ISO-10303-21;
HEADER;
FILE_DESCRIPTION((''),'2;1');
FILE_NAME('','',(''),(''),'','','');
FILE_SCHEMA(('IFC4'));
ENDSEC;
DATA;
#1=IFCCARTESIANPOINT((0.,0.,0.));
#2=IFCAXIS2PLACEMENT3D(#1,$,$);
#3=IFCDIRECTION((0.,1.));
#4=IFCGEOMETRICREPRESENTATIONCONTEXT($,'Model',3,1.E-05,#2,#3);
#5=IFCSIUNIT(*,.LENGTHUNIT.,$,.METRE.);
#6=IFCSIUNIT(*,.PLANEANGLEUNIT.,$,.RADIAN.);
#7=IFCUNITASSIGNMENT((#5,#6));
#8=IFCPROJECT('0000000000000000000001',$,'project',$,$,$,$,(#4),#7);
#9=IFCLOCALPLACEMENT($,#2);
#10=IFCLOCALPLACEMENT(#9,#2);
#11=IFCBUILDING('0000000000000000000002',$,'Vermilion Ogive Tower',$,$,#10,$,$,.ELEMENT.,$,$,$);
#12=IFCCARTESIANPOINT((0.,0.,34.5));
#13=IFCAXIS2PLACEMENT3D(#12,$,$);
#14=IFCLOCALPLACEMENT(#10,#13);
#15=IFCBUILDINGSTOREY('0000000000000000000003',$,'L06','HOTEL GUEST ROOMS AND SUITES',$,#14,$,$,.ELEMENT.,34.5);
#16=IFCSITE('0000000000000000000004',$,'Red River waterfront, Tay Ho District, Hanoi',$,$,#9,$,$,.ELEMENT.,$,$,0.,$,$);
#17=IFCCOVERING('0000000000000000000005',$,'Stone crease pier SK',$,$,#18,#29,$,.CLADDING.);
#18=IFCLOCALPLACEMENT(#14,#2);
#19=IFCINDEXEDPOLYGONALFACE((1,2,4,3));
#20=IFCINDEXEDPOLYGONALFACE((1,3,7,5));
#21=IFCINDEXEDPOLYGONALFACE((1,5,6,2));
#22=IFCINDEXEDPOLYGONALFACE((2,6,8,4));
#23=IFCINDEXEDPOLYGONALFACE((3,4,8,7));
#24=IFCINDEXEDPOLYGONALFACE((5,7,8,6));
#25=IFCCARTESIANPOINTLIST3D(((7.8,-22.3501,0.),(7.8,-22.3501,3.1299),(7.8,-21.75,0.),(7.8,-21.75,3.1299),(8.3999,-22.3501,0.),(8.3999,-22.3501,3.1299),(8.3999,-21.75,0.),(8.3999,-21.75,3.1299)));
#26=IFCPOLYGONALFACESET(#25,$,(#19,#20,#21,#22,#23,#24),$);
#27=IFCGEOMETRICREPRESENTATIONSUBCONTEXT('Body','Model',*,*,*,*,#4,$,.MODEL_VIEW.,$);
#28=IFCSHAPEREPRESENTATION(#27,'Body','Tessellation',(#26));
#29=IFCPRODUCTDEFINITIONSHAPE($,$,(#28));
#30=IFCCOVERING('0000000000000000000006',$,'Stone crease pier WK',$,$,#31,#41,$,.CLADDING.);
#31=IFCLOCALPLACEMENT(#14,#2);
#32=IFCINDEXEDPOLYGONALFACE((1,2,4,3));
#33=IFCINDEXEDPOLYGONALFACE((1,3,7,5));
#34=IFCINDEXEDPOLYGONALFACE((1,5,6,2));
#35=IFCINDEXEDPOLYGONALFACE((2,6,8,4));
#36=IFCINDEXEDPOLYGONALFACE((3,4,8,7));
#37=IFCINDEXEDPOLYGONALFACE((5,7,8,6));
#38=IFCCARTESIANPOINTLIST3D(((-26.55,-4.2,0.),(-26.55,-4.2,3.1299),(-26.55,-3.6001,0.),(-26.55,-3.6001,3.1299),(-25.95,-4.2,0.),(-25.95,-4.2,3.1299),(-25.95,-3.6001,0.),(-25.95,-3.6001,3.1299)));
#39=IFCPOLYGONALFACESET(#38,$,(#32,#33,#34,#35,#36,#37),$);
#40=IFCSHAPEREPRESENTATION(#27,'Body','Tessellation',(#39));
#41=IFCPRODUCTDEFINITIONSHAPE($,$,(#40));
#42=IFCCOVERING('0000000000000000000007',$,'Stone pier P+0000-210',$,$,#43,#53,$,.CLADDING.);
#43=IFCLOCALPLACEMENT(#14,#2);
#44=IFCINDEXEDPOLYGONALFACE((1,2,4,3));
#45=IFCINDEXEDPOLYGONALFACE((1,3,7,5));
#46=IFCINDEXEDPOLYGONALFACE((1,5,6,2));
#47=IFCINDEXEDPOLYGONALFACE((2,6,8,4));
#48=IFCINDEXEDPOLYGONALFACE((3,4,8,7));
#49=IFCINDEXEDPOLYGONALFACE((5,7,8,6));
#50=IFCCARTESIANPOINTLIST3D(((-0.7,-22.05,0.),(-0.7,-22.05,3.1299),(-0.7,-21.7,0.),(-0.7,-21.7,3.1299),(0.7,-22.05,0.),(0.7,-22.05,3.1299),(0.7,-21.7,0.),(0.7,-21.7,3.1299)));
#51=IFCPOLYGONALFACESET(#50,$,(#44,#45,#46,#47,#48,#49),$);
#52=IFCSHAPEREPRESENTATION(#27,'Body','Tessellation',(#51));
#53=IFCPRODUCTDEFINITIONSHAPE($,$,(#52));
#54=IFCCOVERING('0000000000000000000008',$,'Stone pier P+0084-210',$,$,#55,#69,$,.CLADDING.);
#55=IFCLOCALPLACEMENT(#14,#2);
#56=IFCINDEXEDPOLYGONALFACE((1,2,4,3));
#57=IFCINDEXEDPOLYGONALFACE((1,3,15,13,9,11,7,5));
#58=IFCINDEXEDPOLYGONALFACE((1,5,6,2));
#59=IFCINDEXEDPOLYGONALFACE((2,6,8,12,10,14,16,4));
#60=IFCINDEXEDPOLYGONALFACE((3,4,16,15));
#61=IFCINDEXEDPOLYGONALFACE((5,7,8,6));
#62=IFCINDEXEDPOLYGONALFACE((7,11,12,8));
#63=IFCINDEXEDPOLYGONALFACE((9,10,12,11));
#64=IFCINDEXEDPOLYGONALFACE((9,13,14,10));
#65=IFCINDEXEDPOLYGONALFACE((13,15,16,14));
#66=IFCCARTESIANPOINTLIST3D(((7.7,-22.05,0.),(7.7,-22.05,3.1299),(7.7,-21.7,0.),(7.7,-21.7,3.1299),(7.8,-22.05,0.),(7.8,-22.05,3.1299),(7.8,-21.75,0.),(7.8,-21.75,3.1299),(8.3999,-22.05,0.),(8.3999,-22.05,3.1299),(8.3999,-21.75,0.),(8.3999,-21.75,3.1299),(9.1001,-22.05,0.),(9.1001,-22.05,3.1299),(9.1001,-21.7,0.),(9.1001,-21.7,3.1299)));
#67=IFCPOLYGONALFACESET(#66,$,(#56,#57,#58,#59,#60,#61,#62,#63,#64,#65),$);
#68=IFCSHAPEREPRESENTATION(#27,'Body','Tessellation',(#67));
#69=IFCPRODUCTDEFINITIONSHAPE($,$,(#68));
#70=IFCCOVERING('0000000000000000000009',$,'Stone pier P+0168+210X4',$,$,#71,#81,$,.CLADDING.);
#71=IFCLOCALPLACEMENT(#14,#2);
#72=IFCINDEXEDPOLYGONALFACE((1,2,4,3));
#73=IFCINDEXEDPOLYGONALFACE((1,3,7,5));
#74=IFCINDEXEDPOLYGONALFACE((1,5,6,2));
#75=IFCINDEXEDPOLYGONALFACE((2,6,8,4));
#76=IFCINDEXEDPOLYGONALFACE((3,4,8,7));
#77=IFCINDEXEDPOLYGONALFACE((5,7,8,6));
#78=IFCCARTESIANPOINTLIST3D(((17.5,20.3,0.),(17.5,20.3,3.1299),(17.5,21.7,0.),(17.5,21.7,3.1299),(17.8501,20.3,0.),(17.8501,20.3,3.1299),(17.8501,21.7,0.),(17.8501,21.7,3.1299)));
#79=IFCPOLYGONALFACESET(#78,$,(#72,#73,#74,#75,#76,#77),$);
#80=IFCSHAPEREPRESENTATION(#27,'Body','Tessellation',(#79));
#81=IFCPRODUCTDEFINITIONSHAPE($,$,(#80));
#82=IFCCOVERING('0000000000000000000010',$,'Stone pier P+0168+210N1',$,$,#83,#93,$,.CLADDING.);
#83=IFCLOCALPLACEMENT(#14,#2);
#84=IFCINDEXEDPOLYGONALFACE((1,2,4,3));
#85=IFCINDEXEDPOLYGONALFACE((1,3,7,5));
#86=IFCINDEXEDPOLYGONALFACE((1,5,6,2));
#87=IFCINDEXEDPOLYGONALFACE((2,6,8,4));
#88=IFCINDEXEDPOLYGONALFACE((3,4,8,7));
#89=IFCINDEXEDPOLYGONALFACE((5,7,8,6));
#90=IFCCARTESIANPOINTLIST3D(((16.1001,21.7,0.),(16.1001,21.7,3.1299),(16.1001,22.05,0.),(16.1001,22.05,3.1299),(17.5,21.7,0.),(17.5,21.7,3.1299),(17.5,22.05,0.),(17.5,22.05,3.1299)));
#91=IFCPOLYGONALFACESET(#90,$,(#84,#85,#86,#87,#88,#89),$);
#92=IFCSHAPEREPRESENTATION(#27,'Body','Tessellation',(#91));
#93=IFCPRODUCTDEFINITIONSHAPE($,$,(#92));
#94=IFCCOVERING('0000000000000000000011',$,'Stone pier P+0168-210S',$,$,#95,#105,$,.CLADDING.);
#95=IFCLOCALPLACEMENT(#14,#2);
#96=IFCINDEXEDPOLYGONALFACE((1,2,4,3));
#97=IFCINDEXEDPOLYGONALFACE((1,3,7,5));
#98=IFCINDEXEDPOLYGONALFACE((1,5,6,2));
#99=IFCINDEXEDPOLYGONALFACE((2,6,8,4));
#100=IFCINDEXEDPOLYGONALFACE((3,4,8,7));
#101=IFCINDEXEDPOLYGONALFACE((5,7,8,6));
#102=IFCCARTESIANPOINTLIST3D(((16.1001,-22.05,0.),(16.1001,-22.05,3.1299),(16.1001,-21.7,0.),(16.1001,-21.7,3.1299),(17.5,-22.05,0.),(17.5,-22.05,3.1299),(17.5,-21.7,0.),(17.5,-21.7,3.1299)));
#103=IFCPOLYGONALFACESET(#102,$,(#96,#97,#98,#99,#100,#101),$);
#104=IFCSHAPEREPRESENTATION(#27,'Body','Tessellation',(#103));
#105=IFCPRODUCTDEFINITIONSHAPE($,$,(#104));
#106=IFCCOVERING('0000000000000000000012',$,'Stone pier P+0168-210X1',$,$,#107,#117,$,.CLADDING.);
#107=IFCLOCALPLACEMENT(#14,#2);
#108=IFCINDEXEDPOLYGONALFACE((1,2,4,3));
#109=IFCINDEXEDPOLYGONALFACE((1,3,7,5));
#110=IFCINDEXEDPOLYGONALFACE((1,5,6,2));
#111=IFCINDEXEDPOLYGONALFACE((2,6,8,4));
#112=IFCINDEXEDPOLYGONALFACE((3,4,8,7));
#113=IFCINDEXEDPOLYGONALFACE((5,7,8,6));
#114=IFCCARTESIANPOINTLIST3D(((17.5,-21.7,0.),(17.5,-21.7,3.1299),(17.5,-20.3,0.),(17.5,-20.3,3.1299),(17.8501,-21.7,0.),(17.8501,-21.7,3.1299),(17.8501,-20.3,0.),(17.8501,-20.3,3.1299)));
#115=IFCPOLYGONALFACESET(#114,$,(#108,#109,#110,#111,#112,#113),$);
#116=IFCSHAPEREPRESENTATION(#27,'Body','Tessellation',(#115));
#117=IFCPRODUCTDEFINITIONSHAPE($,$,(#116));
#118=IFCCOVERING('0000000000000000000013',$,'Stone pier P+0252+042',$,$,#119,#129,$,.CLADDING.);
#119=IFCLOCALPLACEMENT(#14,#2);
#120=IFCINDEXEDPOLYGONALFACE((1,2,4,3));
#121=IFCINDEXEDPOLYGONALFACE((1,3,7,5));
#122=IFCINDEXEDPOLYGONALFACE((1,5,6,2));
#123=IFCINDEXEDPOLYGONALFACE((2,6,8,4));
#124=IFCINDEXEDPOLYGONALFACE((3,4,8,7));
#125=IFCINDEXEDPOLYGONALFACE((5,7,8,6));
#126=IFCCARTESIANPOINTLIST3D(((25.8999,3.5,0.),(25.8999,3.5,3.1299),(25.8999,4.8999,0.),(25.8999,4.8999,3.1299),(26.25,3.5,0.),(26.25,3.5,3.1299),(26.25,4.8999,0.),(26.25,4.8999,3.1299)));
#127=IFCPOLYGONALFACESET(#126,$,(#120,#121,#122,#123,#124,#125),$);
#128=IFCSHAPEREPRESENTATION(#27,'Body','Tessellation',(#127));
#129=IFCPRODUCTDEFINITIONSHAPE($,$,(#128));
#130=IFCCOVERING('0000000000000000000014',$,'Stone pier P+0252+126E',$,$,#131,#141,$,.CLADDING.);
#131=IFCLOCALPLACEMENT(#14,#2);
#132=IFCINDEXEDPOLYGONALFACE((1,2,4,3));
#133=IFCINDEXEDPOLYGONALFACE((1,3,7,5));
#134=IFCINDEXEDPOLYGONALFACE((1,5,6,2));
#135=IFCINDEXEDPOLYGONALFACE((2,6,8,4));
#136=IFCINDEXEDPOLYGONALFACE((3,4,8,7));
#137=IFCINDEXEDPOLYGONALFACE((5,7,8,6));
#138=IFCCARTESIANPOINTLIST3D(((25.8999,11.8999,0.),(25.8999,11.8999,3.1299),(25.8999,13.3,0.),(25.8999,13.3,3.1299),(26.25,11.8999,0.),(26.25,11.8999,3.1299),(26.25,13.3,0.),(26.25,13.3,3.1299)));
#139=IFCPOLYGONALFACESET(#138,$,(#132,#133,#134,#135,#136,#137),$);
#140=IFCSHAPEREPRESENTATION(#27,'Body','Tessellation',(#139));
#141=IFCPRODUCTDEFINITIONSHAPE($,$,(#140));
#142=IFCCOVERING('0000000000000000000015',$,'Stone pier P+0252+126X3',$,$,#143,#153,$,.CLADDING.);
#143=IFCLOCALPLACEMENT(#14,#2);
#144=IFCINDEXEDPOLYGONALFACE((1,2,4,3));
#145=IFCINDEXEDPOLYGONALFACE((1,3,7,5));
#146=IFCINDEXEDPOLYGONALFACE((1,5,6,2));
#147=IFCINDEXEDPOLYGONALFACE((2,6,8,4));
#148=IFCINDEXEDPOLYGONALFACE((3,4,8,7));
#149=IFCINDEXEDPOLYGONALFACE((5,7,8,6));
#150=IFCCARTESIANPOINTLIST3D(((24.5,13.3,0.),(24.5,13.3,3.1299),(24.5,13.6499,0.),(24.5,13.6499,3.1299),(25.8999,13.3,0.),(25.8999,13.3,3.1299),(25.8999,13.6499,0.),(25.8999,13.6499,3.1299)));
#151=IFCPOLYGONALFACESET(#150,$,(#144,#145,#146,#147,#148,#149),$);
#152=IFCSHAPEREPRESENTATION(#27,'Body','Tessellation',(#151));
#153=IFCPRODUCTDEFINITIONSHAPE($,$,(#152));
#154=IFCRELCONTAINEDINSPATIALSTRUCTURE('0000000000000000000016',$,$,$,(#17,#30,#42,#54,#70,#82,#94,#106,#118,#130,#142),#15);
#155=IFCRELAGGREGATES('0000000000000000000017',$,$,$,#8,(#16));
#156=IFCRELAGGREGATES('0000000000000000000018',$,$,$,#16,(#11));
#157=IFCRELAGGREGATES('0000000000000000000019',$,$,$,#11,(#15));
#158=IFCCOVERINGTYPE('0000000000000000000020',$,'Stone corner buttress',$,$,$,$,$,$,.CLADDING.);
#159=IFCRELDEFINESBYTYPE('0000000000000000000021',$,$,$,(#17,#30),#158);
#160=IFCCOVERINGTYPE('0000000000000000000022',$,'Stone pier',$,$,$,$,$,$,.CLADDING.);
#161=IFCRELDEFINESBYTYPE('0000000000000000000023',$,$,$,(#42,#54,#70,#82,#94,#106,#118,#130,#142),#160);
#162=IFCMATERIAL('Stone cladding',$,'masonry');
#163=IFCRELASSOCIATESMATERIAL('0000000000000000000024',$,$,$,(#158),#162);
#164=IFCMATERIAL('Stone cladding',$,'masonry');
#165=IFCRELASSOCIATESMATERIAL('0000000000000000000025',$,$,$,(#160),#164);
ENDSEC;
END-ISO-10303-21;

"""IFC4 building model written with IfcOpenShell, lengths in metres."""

from ifc_helpers import new_model, si_unit, direction, frame, origin, place, context, subcontext, project, spatial, polyline, outline, extrude, material, type_object, element, save


model = new_model("IFC4")

# Units and contexts
model_context = context("Model", 3, precision=1e-05, world=origin(), true_north=direction((0.0, 1.0)))
body_context = subcontext(model_context, "Body", "Model", "MODEL_VIEW")
ifc_project = project(units=[si_unit("LENGTHUNIT", "METRE"), si_unit("PLANEANGLEUNIT", "RADIAN")], contexts=[model_context])

# Site, building, storey
site_placement = place(None, origin())
site = spatial("IfcSite", under=ifc_project, at=site_placement, Name="Red River waterfront, Tay Ho District, Hanoi", CompositionType="ELEMENT", RefElevation=0.0)
building_placement = place(site_placement, origin())
building = spatial("IfcBuilding", under=site, at=building_placement, Name="Vermilion Ogive Tower", CompositionType="ELEMENT")
storey_placement = place(building_placement, frame((0.0, 0.0, 34.5)))
storey = spatial("IfcBuildingStorey", under=building, at=storey_placement, Name="L06", Description="HOTEL GUEST ROOMS AND SUITES", CompositionType="ELEMENT", Elevation=34.5)

# Coverings
ifc_material_1 = material(Name="Stone cladding", Category="masonry")
covering_type_1 = type_object("IfcCoveringType", Name="Stone corner buttress", PredefinedType="CLADDING", material=ifc_material_1)
covering_1_placement = place(storey_placement, origin())
element("IfcCovering", 1, at=covering_1_placement, inside=storey, type_object=covering_type_1, Name="Stone crease pier SK", PredefinedType="CLADDING", context=body_context, shape_type="SweptSolid", body=[
    extrude(outline(polyline([(7.8, -22.3501), (8.3999, -22.3501), (8.3999, -21.75), (7.8, -21.75), (7.8, -22.3501)])), origin(), (0.0, 0.0, 1.0), 3.1299),
])
covering_2_placement = place(storey_placement, origin())
element("IfcCovering", 2, at=covering_2_placement, inside=storey, type_object=covering_type_1, Name="Stone crease pier WK", PredefinedType="CLADDING", context=body_context, shape_type="SweptSolid", body=[
    extrude(outline(polyline([(-26.55, -3.6001), (-26.55, -4.2), (-25.95, -4.2), (-25.95, -3.6001), (-26.55, -3.6001)])), origin(), (0.0, 0.0, 1.0), 3.1299),
])
ifc_material_2 = material(Name="Stone cladding", Category="masonry")
covering_type_2 = type_object("IfcCoveringType", Name="Stone pier", PredefinedType="CLADDING", material=ifc_material_2)
covering_3_placement = place(storey_placement, origin())
element("IfcCovering", 3, at=covering_3_placement, inside=storey, type_object=covering_type_2, Name="Stone pier P+0000-210", PredefinedType="CLADDING", context=body_context, shape_type="SweptSolid", body=[
    extrude(outline(polyline([(0.7, -22.05), (-0.7, -22.05), (-0.7, -21.7), (0.7, -21.7), (0.7, -22.05)])), origin(), (0.0, 0.0, 1.0), 3.1299),
])
covering_4_placement = place(storey_placement, origin())
element("IfcCovering", 4, at=covering_4_placement, inside=storey, type_object=covering_type_2, Name="Stone pier P+0084-210", PredefinedType="CLADDING", context=body_context, shape_type="SweptSolid", body=[
    extrude(outline(polyline([(9.1001, -21.7), (9.1001, -22.05), (8.3999, -22.05), (8.3999, -21.75), (7.8, -21.75), (7.8, -22.05), (7.7, -22.05), (7.7, -21.7), (9.1001, -21.7), (9.1001, -21.7)])), origin(), (0.0, 0.0, 1.0), 3.1299),
])
covering_5_placement = place(storey_placement, origin())
element("IfcCovering", 5, at=covering_5_placement, inside=storey, type_object=covering_type_2, Name="Stone pier P+0168+210X4", PredefinedType="CLADDING", context=body_context, shape_type="SweptSolid", body=[
    extrude(outline(polyline([(17.8501, 21.7), (17.8501, 20.3), (17.5, 20.3), (17.5, 21.7), (17.8501, 21.7)])), origin(), (0.0, 0.0, 1.0), 3.1299),
])
covering_6_placement = place(storey_placement, origin())
element("IfcCovering", 6, at=covering_6_placement, inside=storey, type_object=covering_type_2, Name="Stone pier P+0168+210N1", PredefinedType="CLADDING", context=body_context, shape_type="SweptSolid", body=[
    extrude(outline(polyline([(17.5, 22.05), (17.5, 21.7), (16.1001, 21.7), (16.1001, 22.05), (17.5, 22.05)])), origin(), (0.0, 0.0, 1.0), 3.1299),
])
covering_7_placement = place(storey_placement, origin())
element("IfcCovering", 7, at=covering_7_placement, inside=storey, type_object=covering_type_2, Name="Stone pier P+0168-210S", PredefinedType="CLADDING", context=body_context, shape_type="SweptSolid", body=[
    extrude(outline(polyline([(17.5, -21.7), (17.5, -21.7), (17.5, -22.05), (16.1001, -22.05), (16.1001, -21.7), (16.1001, -21.7), (17.5, -21.7)])), origin(), (0.0, 0.0, 1.0), 3.1299),
])
covering_8_placement = place(storey_placement, origin())
element("IfcCovering", 8, at=covering_8_placement, inside=storey, type_object=covering_type_2, Name="Stone pier P+0168-210X1", PredefinedType="CLADDING", context=body_context, shape_type="SweptSolid", body=[
    extrude(outline(polyline([(17.8501, -21.7), (17.5, -21.7), (17.5, -21.7), (17.5, -20.3), (17.8501, -20.3), (17.8501, -21.7)])), origin(), (0.0, 0.0, 1.0), 3.1299),
])
covering_9_placement = place(storey_placement, origin())
element("IfcCovering", 9, at=covering_9_placement, inside=storey, type_object=covering_type_2, Name="Stone pier P+0252+042", PredefinedType="CLADDING", context=body_context, shape_type="SweptSolid", body=[
    extrude(outline(polyline([(26.25, 4.8999), (26.25, 3.5), (25.8999, 3.5), (25.8999, 4.8999), (26.25, 4.8999)])), origin(), (0.0, 0.0, 1.0), 3.1299),
])
covering_10_placement = place(storey_placement, origin())
element("IfcCovering", 10, at=covering_10_placement, inside=storey, type_object=covering_type_2, Name="Stone pier P+0252+126E", PredefinedType="CLADDING", context=body_context, shape_type="SweptSolid", body=[
    extrude(outline(polyline([(26.25, 13.3), (26.25, 11.8999), (25.8999, 11.8999), (25.8999, 13.3), (26.25, 13.3)])), origin(), (0.0, 0.0, 1.0), 3.1299),
])
covering_11_placement = place(storey_placement, origin())
element("IfcCovering", 11, at=covering_11_placement, inside=storey, type_object=covering_type_2, Name="Stone pier P+0252+126X3", PredefinedType="CLADDING", context=body_context, shape_type="SweptSolid", body=[
    extrude(outline(polyline([(25.8999, 13.6499), (25.8999, 13.3), (24.5, 13.3), (24.5, 13.6499), (25.8999, 13.6499)])), origin(), (0.0, 0.0, 1.0), 3.1299),
])

save(model, "model.ifc")
